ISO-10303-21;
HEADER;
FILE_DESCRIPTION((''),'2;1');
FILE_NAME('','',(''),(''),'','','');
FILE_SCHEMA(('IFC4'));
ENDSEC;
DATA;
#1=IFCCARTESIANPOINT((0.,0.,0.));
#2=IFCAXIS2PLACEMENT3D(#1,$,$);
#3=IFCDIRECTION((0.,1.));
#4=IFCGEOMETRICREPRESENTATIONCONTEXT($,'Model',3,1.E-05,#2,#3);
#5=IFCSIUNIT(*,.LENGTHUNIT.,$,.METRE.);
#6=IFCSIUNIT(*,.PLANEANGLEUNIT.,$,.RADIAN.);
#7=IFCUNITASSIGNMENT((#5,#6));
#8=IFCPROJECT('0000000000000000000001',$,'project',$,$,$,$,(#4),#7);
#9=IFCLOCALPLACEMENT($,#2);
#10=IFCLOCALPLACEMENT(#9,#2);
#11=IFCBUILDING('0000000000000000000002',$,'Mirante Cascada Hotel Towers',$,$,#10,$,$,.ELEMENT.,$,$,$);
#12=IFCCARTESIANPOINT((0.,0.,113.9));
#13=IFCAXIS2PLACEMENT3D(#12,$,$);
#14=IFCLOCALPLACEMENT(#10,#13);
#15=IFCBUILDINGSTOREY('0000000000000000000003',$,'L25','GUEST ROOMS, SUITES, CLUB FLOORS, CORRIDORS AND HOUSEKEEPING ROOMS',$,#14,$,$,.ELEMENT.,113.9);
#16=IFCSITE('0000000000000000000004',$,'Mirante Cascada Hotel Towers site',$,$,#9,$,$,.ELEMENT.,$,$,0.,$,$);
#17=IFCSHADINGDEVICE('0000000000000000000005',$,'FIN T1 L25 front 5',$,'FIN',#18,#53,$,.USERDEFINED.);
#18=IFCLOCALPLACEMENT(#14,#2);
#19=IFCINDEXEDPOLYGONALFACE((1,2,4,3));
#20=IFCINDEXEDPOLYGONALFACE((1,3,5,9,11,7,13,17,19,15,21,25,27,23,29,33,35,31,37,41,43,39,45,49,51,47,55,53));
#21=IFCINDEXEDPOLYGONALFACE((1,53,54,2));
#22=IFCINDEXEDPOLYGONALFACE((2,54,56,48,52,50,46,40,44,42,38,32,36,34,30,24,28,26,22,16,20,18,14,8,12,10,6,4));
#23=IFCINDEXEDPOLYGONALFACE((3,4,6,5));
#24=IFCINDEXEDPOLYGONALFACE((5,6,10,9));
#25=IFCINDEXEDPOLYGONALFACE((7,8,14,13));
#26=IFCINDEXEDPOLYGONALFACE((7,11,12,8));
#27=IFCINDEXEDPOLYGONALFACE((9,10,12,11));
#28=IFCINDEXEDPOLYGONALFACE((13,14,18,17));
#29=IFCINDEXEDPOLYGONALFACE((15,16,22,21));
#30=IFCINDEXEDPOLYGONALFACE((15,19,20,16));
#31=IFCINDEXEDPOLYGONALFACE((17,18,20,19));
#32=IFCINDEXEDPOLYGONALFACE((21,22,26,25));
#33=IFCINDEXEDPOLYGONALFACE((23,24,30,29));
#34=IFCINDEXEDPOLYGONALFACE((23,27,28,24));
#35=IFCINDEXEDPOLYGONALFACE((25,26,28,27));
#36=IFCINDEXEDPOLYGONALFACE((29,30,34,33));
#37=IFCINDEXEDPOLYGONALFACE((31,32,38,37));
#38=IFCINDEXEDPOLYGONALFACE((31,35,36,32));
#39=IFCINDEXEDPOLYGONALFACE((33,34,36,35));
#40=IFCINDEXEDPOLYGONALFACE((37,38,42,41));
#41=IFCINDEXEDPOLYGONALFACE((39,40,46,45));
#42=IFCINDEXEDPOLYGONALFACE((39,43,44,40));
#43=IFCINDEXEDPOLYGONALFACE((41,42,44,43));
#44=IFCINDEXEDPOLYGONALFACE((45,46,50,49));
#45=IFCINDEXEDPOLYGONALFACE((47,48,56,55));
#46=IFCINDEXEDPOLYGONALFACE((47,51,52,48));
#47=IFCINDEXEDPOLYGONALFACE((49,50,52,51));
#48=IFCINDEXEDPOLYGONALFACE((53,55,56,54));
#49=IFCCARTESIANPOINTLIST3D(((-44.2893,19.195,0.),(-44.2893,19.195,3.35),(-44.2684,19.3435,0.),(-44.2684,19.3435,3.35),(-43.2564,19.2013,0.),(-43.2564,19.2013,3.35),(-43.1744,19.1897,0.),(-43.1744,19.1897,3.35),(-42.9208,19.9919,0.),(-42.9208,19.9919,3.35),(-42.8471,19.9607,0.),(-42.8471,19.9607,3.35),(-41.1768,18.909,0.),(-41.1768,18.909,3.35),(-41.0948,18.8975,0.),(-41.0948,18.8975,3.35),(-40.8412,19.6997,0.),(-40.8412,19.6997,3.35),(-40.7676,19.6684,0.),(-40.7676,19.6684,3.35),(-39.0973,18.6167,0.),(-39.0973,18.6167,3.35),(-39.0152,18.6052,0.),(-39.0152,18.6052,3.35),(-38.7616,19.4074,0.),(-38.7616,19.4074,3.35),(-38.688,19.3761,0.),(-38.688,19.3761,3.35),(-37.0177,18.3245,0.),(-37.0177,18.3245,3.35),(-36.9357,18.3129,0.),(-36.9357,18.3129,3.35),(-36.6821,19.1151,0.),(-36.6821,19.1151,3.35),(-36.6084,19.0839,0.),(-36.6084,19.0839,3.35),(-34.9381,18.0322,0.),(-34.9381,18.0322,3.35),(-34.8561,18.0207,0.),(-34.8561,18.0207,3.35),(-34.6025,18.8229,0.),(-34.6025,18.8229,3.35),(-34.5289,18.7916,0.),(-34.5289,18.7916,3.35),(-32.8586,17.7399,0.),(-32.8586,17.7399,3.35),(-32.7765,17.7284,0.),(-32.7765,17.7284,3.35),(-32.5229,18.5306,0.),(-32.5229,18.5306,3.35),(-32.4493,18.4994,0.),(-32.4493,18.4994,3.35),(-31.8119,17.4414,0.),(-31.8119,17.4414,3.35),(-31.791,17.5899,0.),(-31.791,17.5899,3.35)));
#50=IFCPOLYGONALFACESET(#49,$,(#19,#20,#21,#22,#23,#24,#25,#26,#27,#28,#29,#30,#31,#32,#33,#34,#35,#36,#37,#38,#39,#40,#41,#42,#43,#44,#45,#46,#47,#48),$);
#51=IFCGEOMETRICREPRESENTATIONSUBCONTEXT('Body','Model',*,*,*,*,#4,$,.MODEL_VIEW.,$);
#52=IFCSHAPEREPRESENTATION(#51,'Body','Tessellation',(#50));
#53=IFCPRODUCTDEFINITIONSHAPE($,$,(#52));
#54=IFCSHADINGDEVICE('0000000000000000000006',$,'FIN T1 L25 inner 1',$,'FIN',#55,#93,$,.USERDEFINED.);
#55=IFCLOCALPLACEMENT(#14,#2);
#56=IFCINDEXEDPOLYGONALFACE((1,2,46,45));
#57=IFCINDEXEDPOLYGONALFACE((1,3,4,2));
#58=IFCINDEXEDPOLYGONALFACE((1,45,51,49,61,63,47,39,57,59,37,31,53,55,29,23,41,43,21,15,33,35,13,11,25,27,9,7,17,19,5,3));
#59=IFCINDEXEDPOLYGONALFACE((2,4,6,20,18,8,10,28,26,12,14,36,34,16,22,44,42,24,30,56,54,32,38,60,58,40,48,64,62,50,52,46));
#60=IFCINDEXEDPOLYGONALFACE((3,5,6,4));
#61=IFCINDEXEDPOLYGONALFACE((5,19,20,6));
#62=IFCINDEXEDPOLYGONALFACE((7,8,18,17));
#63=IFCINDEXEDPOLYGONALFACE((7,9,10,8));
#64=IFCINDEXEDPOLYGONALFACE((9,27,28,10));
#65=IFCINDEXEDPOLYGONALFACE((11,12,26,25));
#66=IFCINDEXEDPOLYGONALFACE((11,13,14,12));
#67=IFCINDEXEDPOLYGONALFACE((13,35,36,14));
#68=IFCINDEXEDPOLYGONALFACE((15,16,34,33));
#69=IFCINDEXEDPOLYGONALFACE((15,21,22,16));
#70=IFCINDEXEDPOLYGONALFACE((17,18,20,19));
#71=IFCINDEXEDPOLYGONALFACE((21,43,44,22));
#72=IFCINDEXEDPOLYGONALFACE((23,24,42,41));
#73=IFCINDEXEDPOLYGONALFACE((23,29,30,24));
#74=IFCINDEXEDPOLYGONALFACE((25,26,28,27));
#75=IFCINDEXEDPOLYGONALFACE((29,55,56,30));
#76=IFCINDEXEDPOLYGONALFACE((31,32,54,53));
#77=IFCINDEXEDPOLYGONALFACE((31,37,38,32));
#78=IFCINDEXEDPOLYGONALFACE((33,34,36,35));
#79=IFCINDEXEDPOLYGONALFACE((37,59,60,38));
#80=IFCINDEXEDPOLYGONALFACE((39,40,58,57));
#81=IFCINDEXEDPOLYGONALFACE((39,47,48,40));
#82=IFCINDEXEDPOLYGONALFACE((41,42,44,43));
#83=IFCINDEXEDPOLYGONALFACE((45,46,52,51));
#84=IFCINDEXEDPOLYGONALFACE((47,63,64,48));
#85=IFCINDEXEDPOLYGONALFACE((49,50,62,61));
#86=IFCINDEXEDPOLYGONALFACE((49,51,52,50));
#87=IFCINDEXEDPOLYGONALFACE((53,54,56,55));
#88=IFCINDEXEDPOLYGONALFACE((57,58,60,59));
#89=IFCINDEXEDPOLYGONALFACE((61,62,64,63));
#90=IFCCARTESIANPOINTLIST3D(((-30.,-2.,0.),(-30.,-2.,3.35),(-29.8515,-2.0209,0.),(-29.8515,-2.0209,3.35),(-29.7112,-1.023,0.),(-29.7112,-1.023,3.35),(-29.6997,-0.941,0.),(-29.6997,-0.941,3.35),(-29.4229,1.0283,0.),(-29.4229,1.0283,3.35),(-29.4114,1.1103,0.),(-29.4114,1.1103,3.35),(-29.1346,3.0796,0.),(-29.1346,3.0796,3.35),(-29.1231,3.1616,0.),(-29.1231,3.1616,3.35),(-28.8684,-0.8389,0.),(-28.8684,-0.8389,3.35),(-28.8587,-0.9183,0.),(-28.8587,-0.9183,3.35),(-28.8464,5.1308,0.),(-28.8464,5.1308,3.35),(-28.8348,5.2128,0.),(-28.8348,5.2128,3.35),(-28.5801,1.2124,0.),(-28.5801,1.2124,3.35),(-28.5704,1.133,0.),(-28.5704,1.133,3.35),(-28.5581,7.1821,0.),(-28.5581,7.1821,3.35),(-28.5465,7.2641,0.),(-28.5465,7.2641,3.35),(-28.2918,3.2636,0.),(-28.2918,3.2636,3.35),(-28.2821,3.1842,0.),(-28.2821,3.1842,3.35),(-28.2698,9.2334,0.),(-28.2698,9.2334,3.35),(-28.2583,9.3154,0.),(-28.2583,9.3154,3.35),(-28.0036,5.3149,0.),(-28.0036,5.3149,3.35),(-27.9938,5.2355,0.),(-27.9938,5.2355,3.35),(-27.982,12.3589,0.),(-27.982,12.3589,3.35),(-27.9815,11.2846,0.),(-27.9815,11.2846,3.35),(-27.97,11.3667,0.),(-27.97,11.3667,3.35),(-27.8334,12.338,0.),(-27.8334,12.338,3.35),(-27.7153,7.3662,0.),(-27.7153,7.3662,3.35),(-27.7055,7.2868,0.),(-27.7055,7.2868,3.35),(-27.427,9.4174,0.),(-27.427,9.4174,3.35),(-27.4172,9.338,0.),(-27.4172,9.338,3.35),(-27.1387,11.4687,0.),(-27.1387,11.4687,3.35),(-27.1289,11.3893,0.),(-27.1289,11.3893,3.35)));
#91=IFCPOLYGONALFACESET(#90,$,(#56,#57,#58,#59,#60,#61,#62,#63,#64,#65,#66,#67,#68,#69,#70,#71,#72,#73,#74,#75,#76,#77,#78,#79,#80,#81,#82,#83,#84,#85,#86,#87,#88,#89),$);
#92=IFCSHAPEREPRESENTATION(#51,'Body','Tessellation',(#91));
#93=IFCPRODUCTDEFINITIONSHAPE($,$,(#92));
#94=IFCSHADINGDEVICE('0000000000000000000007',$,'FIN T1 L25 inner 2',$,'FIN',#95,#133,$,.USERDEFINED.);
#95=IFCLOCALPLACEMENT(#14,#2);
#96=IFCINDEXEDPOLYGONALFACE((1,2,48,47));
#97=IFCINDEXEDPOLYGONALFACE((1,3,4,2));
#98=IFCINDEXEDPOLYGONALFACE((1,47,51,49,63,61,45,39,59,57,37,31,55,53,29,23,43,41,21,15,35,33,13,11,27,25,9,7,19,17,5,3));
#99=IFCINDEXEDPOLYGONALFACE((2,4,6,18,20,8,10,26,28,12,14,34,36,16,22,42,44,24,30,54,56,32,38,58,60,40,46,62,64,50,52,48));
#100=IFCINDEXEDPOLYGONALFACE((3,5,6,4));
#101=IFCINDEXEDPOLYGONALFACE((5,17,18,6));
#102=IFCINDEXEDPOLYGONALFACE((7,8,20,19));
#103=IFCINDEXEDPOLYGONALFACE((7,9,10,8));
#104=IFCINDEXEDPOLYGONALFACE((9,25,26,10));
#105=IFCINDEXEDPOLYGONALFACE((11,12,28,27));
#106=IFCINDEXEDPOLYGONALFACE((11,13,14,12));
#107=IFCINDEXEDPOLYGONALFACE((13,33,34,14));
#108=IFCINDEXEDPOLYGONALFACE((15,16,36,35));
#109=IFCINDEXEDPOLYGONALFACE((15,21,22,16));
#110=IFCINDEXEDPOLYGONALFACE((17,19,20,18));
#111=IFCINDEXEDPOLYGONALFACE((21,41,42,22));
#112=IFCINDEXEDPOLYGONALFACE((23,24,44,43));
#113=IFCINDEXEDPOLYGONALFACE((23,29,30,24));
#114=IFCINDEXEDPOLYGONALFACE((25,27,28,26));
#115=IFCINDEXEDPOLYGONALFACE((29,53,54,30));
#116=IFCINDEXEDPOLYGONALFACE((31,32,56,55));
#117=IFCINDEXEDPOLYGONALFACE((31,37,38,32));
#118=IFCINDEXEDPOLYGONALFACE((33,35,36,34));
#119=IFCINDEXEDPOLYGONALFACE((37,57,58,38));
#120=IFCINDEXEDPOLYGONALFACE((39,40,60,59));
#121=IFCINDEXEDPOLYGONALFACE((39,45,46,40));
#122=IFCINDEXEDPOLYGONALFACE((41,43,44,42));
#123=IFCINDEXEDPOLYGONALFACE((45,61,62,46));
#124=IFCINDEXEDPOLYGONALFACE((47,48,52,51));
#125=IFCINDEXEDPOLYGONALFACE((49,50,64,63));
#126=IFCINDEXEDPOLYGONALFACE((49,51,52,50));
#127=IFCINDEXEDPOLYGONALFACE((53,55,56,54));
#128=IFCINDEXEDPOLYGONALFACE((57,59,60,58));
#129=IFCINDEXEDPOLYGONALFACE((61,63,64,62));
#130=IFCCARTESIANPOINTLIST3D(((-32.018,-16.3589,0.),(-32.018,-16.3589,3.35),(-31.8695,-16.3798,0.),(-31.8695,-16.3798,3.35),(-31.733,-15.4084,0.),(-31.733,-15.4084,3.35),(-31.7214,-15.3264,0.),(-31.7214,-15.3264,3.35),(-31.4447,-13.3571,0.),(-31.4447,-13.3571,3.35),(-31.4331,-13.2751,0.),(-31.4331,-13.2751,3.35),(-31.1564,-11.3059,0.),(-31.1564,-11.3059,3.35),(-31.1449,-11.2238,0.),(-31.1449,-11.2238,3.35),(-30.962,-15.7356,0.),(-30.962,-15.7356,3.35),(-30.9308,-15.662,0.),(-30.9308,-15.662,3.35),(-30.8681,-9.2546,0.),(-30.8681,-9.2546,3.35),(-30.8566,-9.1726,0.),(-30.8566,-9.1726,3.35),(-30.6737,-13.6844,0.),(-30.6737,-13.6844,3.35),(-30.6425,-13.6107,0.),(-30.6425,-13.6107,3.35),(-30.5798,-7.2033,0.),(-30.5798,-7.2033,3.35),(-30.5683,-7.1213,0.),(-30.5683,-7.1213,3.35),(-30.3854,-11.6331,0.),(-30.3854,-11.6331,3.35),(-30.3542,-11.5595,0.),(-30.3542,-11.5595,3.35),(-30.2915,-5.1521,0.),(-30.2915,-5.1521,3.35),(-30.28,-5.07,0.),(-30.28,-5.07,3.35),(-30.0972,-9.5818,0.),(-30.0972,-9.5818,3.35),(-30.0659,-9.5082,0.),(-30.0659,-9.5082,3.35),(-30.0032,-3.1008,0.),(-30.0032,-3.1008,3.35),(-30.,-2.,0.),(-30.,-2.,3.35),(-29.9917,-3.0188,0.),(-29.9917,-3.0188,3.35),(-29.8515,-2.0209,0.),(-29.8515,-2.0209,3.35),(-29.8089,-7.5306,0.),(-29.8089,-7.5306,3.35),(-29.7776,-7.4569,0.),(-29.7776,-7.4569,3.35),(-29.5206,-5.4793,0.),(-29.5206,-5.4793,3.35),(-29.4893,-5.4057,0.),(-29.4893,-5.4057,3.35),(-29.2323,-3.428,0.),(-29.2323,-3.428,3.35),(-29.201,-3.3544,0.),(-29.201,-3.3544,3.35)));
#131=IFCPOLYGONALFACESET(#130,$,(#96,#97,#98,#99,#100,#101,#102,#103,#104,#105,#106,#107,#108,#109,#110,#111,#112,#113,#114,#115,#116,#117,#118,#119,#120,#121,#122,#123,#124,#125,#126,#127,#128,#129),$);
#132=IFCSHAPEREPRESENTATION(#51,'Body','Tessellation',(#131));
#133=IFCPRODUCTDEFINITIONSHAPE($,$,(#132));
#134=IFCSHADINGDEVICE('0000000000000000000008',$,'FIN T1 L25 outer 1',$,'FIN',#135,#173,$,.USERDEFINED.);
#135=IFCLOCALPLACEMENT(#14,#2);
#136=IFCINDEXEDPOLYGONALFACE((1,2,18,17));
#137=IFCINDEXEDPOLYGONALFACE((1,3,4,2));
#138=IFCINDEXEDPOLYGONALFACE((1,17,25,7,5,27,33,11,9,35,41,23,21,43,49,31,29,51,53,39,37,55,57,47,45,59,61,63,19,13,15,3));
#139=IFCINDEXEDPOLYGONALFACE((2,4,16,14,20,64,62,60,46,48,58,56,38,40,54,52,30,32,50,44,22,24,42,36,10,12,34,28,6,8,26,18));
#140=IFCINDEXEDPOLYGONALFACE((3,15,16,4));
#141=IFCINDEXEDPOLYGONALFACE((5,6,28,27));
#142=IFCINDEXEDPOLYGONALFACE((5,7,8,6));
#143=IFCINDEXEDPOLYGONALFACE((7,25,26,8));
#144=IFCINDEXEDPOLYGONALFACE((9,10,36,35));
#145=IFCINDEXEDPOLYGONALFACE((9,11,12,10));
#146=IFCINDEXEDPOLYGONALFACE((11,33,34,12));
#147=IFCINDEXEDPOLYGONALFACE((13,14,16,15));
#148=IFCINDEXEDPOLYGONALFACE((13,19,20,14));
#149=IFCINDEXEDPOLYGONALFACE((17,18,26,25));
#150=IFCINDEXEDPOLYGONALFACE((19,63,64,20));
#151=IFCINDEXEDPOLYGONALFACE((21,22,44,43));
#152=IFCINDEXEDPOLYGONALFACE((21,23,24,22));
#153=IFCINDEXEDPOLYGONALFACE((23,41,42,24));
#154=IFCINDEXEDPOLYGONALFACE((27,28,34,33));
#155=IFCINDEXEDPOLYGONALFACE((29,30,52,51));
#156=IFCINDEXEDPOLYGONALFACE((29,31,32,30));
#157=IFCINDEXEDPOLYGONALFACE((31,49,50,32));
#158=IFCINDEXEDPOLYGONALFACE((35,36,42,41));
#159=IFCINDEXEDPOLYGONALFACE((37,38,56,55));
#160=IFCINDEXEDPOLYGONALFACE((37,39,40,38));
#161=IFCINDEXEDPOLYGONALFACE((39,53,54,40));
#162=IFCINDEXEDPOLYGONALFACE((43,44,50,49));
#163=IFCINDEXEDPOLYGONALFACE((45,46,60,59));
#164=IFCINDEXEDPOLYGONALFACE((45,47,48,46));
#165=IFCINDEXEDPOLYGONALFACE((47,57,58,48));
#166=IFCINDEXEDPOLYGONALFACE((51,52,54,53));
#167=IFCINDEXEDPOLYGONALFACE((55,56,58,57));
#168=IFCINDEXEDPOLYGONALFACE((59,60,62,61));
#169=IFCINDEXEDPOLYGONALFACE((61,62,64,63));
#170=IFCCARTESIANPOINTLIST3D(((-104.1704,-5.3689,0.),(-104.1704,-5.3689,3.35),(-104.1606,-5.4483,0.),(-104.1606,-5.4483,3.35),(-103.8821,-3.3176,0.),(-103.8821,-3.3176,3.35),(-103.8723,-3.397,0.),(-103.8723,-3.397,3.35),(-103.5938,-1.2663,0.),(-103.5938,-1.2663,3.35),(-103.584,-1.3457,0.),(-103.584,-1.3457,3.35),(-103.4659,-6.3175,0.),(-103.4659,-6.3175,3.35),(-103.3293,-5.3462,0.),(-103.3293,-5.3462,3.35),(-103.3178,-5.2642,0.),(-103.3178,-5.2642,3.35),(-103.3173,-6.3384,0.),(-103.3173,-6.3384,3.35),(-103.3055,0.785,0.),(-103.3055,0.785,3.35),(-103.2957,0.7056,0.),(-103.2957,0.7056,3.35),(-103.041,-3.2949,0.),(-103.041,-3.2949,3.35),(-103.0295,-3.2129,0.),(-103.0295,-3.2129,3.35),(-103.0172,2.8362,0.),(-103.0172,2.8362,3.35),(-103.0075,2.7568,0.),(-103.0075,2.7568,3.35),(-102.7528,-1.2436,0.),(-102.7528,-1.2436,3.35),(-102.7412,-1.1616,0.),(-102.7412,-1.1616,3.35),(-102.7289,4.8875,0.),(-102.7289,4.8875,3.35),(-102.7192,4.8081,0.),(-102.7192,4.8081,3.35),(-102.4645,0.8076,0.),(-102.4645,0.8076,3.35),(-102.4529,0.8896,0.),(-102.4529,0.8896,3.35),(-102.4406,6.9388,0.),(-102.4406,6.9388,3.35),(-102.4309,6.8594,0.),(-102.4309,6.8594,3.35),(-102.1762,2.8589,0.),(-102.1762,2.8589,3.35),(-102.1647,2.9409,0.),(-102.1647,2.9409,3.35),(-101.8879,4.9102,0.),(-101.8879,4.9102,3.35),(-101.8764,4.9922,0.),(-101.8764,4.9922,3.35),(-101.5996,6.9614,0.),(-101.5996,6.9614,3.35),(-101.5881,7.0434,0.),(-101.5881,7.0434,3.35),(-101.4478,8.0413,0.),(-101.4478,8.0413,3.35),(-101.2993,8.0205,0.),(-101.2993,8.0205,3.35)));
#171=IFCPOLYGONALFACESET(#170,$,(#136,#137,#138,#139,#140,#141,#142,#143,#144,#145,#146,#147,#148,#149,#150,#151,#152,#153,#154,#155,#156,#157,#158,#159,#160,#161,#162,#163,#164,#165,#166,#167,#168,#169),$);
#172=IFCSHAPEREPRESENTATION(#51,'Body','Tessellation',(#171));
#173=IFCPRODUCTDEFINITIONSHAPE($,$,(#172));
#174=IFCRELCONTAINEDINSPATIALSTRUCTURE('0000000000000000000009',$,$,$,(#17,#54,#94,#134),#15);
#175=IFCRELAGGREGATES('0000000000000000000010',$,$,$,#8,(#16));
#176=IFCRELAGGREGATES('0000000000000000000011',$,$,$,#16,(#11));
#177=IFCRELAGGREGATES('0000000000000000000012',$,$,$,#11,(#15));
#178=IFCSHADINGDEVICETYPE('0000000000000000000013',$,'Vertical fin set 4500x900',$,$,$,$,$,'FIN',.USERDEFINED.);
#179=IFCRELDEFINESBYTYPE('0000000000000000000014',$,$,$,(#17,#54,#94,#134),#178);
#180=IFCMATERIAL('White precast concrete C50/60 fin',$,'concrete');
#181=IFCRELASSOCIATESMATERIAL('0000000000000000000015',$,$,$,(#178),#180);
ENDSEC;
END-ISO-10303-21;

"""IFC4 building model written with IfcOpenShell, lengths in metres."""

from ifc_helpers import new_model, si_unit, direction, frame, origin, place, context, subcontext, project, spatial, polyline, outline, extrude, material, type_object, element, save


model = new_model("IFC4")

# Units and contexts
model_context = context("Model", 3, precision=1e-05, world=origin(), true_north=direction((0.0, 1.0)))
body_context = subcontext(model_context, "Body", "Model", "MODEL_VIEW")
ifc_project = project(units=[si_unit("LENGTHUNIT", "METRE"), si_unit("PLANEANGLEUNIT", "RADIAN")], contexts=[model_context])

# Site, building, storey
site_placement = place(None, origin())
site = spatial("IfcSite", under=ifc_project, at=site_placement, Name="Mirante Cascada Hotel Towers site", CompositionType="ELEMENT", RefElevation=0.0)
building_placement = place(site_placement, origin())
building = spatial("IfcBuilding", under=site, at=building_placement, Name="Mirante Cascada Hotel Towers", CompositionType="ELEMENT")
storey_placement = place(building_placement, frame((0.0, 0.0, 113.9)))
storey = spatial("IfcBuildingStorey", under=building, at=storey_placement, Name="L25", Description="GUEST ROOMS, SUITES, CLUB FLOORS, CORRIDORS AND HOUSEKEEPING ROOMS", CompositionType="ELEMENT", Elevation=113.9)

# Shading devices
ifc_material_1 = material(Name="White precast concrete C50/60 fin", Category="concrete")
shading_device_type = type_object("IfcShadingDeviceType", Name="Vertical fin set 4500x900", ElementType="FIN", PredefinedType="USERDEFINED", material=ifc_material_1)
shading_device_1_placement = place(storey_placement, origin())
element("IfcShadingDevice", 1, at=shading_device_1_placement, inside=storey, type_object=shading_device_type, Name="FIN T1 L25 front 5", ObjectType="FIN", PredefinedType="USERDEFINED", context=body_context, shape_type="SweptSolid", body=[
    extrude(outline(polyline([(-32.4493, 18.4994), (-32.7765, 17.7284), (-31.791, 17.5899), (-31.8119, 17.4414), (-44.2893, 19.195), (-44.2684, 19.3435), (-43.2564, 19.2013), (-42.9208, 19.9919), (-42.8471, 19.9607), (-43.1744, 19.1897), (-41.1768, 18.909), (-40.8412, 19.6997), (-40.7676, 19.6684), (-41.0948, 18.8975), (-39.0973, 18.6167), (-38.7616, 19.4074), (-38.688, 19.3761), (-39.0152, 18.6052), (-37.0177, 18.3245), (-36.6821, 19.1151), (-36.6084, 19.0839), (-36.9357, 18.3129), (-34.9381, 18.0322), (-34.6025, 18.8229), (-34.5289, 18.7916), (-34.8561, 18.0207), (-32.8586, 17.7399), (-32.5229, 18.5306), (-32.4493, 18.4994)])), origin(), (0.0, 0.0, 1.0), 3.35),
])
shading_device_2_placement = place(storey_placement, origin())
element("IfcShadingDevice", 2, at=shading_device_2_placement, inside=storey, type_object=shading_device_type, Name="FIN T1 L25 inner 1", ObjectType="FIN", PredefinedType="USERDEFINED", context=body_context, shape_type="SweptSolid", body=[
    extrude(outline(polyline([(-29.7112, -1.023), (-29.8515, -2.0209), (-30.0, -2.0), (-27.982, 12.3589), (-27.8334, 12.338), (-27.97, 11.3667), (-27.1387, 11.4687), (-27.1289, 11.3893), (-27.9815, 11.2846), (-28.2583, 9.3154), (-27.427, 9.4174), (-27.4172, 9.338), (-28.2698, 9.2334), (-28.5465, 7.2641), (-27.7153, 7.3662), (-27.7055, 7.2868), (-28.5581, 7.1821), (-28.8348, 5.2128), (-28.0036, 5.3149), (-27.9938, 5.2355), (-28.8464, 5.1308), (-29.1231, 3.1616), (-28.2918, 3.2636), (-28.2821, 3.1842), (-29.1346, 3.0796), (-29.4114, 1.1103), (-28.5801, 1.2124), (-28.5704, 1.133), (-29.4229, 1.0283), (-29.6997, -0.941), (-28.8684, -0.8389), (-28.8587, -0.9183), (-29.7112, -1.023)])), origin(), (0.0, 0.0, 1.0), 3.35),
])
shading_device_3_placement = place(storey_placement, origin())
element("IfcShadingDevice", 3, at=shading_device_3_placement, inside=storey, type_object=shading_device_type, Name="FIN T1 L25 inner 2", ObjectType="FIN", PredefinedType="USERDEFINED", context=body_context, shape_type="SweptSolid", body=[
    extrude(outline(polyline([(-31.733, -15.4084), (-31.8695, -16.3798), (-32.018, -16.3589), (-30.0, -2.0), (-29.8515, -2.0209), (-29.9917, -3.0188), (-29.201, -3.3544), (-29.2323, -3.428), (-30.0032, -3.1008), (-30.28, -5.07), (-29.4893, -5.4057), (-29.5206, -5.4793), (-30.2915, -5.1521), (-30.5683, -7.1213), (-29.7776, -7.4569), (-29.8089, -7.5306), (-30.5798, -7.2033), (-30.8566, -9.1726), (-30.0659, -9.5082), (-30.0972, -9.5818), (-30.8681, -9.2546), (-31.1449, -11.2238), (-30.3542, -11.5595), (-30.3854, -11.6331), (-31.1564, -11.3059), (-31.4331, -13.2751), (-30.6425, -13.6107), (-30.6737, -13.6844), (-31.4447, -13.3571), (-31.7214, -15.3264), (-30.9308, -15.662), (-30.962, -15.7356), (-31.733, -15.4084)])), origin(), (0.0, 0.0, 1.0), 3.35),
])
shading_device_4_placement = place(storey_placement, origin())
element("IfcShadingDevice", 4, at=shading_device_4_placement, inside=storey, type_object=shading_device_type, Name="FIN T1 L25 outer 1", ObjectType="FIN", PredefinedType="USERDEFINED", context=body_context, shape_type="SweptSolid", body=[
    extrude(outline(polyline([(-103.3178, -5.2642), (-103.041, -3.2949), (-103.8723, -3.397), (-103.8821, -3.3176), (-103.0295, -3.2129), (-102.7528, -1.2436), (-103.584, -1.3457), (-103.5938, -1.2663), (-102.7412, -1.1616), (-102.4645, 0.8076), (-103.2957, 0.7056), (-103.3055, 0.785), (-102.4529, 0.8896), (-102.1762, 2.8589), (-103.0075, 2.7568), (-103.0172, 2.8362), (-102.1647, 2.9409), (-101.8879, 4.9102), (-102.7192, 4.8081), (-102.7289, 4.8875), (-101.8764, 4.9922), (-101.5996, 6.9614), (-102.4309, 6.8594), (-102.4406, 6.9388), (-101.5881, 7.0434), (-101.4478, 8.0413), (-101.2993, 8.0205), (-103.3173, -6.3384), (-103.4659, -6.3175), (-103.3293, -5.3462), (-104.1606, -5.4483), (-104.1704, -5.3689), (-103.3178, -5.2642)])), origin(), (0.0, 0.0, 1.0), 3.35),
])

save(model, "model.ifc")
